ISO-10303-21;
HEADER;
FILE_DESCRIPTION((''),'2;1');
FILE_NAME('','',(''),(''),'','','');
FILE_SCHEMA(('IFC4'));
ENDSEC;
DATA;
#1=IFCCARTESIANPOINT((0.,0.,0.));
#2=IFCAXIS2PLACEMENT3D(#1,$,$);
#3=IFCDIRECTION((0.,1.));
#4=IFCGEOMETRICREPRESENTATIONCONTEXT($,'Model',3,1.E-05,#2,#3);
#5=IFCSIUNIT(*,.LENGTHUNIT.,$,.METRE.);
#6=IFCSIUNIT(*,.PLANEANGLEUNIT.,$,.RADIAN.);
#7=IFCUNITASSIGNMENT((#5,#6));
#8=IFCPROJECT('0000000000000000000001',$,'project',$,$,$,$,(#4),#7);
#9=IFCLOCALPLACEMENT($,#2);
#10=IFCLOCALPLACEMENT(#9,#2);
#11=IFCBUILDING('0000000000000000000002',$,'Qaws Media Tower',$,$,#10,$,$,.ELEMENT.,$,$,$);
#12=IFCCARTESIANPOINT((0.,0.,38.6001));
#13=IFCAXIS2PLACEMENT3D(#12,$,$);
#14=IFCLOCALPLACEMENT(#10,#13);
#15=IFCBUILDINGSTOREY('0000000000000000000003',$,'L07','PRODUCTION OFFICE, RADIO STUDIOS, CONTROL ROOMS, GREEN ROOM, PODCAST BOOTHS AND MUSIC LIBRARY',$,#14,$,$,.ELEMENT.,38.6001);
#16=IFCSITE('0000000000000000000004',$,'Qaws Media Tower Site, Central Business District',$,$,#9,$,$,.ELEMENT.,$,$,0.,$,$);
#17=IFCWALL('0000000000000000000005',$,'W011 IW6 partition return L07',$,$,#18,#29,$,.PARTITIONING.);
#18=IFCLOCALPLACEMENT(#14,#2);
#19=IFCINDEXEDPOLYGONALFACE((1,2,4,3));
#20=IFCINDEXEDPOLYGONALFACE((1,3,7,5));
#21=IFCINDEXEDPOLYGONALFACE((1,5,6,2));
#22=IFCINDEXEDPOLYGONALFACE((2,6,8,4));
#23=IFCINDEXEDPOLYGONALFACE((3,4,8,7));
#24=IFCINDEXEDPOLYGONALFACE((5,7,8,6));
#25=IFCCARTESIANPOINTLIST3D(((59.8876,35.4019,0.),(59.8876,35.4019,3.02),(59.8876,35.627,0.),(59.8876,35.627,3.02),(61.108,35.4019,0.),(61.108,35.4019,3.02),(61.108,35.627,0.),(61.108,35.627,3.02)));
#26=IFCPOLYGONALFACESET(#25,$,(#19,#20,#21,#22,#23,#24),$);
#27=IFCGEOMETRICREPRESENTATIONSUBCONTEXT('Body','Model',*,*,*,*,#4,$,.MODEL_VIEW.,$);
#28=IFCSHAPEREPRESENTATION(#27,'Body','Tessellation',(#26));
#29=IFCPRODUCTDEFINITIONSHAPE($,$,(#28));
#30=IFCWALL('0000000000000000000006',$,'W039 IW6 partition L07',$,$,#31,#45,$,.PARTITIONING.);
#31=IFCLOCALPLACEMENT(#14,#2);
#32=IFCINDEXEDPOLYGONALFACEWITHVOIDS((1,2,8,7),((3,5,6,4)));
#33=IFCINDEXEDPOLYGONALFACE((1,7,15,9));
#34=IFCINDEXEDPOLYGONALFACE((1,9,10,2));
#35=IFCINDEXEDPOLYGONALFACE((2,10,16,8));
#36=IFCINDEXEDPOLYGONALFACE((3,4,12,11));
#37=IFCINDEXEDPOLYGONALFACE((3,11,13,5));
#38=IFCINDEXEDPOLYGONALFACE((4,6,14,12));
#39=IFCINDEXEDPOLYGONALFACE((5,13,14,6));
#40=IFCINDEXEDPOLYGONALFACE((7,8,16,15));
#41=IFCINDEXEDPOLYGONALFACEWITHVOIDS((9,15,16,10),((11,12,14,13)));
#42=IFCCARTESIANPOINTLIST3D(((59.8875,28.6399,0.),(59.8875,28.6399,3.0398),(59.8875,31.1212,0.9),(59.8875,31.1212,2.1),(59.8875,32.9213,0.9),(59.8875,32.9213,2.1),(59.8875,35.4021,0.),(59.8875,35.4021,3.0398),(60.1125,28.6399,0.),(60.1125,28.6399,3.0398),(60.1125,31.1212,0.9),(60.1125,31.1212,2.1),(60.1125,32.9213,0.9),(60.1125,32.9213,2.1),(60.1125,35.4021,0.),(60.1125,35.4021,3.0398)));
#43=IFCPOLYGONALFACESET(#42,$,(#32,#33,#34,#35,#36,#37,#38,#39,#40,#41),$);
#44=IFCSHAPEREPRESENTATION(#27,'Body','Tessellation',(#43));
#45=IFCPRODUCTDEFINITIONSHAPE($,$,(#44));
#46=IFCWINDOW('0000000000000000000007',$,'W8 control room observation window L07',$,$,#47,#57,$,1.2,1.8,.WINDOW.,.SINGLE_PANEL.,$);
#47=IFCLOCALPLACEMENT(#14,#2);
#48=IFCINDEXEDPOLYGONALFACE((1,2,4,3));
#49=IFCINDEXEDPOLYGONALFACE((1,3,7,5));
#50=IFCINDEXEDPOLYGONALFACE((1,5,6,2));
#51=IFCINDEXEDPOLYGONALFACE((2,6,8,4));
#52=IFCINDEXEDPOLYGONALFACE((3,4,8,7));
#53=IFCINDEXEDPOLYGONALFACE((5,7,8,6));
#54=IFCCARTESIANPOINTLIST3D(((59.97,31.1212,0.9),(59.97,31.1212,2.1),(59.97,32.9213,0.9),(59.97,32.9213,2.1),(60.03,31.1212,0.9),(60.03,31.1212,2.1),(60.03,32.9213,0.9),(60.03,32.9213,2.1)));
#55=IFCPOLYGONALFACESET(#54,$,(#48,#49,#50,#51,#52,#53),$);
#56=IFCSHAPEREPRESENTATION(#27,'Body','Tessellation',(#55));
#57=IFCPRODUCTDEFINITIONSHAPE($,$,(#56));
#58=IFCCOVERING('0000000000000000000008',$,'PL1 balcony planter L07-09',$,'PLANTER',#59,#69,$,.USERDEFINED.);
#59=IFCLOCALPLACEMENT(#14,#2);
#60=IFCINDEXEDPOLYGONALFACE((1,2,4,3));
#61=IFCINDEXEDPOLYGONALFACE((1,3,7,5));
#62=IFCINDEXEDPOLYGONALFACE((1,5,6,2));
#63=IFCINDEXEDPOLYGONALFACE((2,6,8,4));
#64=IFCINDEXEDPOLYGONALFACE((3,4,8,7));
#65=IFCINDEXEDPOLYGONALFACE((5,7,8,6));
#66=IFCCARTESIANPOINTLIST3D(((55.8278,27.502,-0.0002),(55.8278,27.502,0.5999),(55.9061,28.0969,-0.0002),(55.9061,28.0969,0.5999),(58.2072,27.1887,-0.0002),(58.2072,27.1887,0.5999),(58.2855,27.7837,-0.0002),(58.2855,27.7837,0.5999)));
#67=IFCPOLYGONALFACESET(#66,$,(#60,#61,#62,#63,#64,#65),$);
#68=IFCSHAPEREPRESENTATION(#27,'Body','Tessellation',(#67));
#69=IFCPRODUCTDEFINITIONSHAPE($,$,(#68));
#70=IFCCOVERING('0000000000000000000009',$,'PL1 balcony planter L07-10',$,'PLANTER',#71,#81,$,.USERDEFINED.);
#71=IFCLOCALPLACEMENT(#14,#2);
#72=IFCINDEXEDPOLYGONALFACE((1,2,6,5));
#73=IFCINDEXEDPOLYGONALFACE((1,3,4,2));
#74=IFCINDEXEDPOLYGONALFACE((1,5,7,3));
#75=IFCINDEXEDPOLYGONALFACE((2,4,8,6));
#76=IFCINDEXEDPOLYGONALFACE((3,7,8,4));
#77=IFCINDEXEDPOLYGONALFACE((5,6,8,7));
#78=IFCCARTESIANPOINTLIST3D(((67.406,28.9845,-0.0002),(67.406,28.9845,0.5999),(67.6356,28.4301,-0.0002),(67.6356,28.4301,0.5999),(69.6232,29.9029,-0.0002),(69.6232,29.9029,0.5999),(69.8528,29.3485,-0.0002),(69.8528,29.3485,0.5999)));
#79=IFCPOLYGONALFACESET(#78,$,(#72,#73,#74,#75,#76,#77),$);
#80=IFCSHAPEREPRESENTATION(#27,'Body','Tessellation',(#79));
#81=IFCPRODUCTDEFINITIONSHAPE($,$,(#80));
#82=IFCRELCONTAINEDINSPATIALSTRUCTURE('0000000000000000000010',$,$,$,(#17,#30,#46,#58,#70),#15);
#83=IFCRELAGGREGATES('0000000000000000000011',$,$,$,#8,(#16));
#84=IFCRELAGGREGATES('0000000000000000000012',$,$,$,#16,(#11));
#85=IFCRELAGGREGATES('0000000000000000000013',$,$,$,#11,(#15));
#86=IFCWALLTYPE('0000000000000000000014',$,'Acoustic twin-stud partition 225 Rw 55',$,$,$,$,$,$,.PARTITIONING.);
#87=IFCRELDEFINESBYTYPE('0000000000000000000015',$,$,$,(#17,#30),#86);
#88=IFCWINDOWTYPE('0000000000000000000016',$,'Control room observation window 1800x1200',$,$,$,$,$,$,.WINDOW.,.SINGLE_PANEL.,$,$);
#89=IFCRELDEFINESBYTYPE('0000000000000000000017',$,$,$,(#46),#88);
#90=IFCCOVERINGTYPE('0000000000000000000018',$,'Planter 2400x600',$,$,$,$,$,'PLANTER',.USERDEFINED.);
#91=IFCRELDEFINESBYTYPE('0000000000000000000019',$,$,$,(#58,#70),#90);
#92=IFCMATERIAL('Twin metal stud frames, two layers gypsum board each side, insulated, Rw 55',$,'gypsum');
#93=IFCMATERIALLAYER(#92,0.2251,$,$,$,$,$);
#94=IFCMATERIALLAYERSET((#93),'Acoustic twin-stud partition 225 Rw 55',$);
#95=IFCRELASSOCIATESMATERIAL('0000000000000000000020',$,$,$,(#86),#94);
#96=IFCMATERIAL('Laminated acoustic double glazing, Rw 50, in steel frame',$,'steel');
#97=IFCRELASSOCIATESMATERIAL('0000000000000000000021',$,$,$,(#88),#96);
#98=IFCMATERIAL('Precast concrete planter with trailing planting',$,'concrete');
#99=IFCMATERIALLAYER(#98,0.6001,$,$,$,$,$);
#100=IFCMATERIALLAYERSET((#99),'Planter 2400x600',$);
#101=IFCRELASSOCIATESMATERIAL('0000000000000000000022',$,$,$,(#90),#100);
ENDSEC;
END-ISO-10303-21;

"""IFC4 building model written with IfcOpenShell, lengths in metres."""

from ifc_helpers import new_model, si_unit, direction, frame, frame_2d, origin, origin_2d, place, context, subcontext, project, spatial, rectangle, extrude, material, layer, layer_set, type_object, element, fill, save


model = new_model("IFC4")

# Units and contexts
model_context = context("Model", 3, precision=1e-05, world=origin(), true_north=direction((0.0, 1.0)))
body_context = subcontext(model_context, "Body", "Model", "MODEL_VIEW")
ifc_project = project(units=[si_unit("LENGTHUNIT", "METRE"), si_unit("PLANEANGLEUNIT", "RADIAN")], contexts=[model_context])

# Site, building, storey
site_placement = place(None, origin())
site = spatial("IfcSite", under=ifc_project, at=site_placement, Name="Qaws Media Tower Site, Central Business District", CompositionType="ELEMENT", RefElevation=0.0)
building_placement = place(site_placement, origin())
building = spatial("IfcBuilding", under=site, at=building_placement, Name="Qaws Media Tower", CompositionType="ELEMENT")
storey_placement = place(building_placement, frame((0.0, 0.0, 38.6001)))
storey = spatial("IfcBuildingStorey", under=building, at=storey_placement, Name="L07", Description="PRODUCTION OFFICE, RADIO STUDIOS, CONTROL ROOMS, GREEN ROOM, PODCAST BOOTHS AND MUSIC LIBRARY", CompositionType="ELEMENT", Elevation=38.6001)

# Wall
ifc_material_1 = material(Name="Twin metal stud frames, two layers gypsum board each side, insulated, Rw 55", Category="gypsum")
ifc_layer_1 = layer(ifc_material_1, 0.2251)
ifc_layer_set_1 = layer_set([ifc_layer_1], Name="Acoustic twin-stud partition 225 Rw 55")
wall_type_1 = type_object("IfcWallType", Name="Acoustic twin-stud partition 225 Rw 55", PredefinedType="PARTITIONING", material=ifc_layer_set_1)
wall_1_placement = place(storey_placement, frame((59.8875, 35.5144, 0.0), z_axis=(0.0, 0.0, 1.0), x_axis=(1.0, 0.0, 0.0)))
element("IfcWall", 1, at=wall_1_placement, inside=storey, type_object=wall_type_1, Name="W011 IW6 partition return L07", PredefinedType="PARTITIONING", context=body_context, shape_type="SweptSolid", body=[
    extrude(rectangle(XDim=1.2205, YDim=0.2251, at=frame_2d((0.6104, 0.0))), origin(), (0.0, 0.0, 1.0), 3.02),
])

# Wall, opening, window
wall_2_placement = place(storey_placement, frame((60.0, 35.4021, 0.0), z_axis=(0.0, 0.0, 1.0), x_axis=(0.0, -1.0, 0.0)))
wall_2 = element("IfcWall", 2, at=wall_2_placement, inside=storey, type_object=wall_type_1, Name="W039 IW6 partition L07", PredefinedType="PARTITIONING", context=body_context, shape_type="SweptSolid", body=[
    extrude(rectangle(XDim=6.7622, YDim=0.2251, at=frame_2d((3.3811, 0.0))), origin(), (0.0, 0.0, 1.0), 3.0398),
])
opening_1_placement = place(wall_2_placement, frame((2.481, 0.0, 0.8999)))
opening_1 = element("IfcOpeningElement", 3, at=opening_1_placement, cuts=wall_2, PredefinedType="OPENING", context=body_context, shape_type="SweptSolid", body=[
    extrude(rectangle(XDim=1.8, YDim=1.2, at=frame_2d((0.8999, 0.6001))), frame((0.0, 0.1226, 0.0), z_axis=(0.0, -1.0, 0.0), x_axis=(1.0, 0.0, 0.0)), (0.0, 0.0, 1.0), 0.2451),
])
ifc_material_2 = material(Name="Laminated acoustic double glazing, Rw 50, in steel frame", Category="steel")
window_type_1 = type_object("IfcWindowType", Name="Control room observation window 1800x1200", PartitioningType="SINGLE_PANEL", PredefinedType="WINDOW", material=ifc_material_2)
window_1_placement = place(opening_1_placement, origin())
window_1 = element("IfcWindow", 4, at=window_1_placement, inside=storey, type_object=window_type_1, Name="W8 control room observation window L07", OverallHeight=1.2, OverallWidth=1.8, PartitioningType="SINGLE_PANEL", PredefinedType="WINDOW", context=body_context, shape_type="SweptSolid", body=[
    extrude(rectangle(XDim=1.8, YDim=1.2, at=frame_2d((0.8999, 0.6001))), frame((0.0, 0.03, 0.0), z_axis=(0.0, -1.0, 0.0), x_axis=(1.0, 0.0, 0.0)), (0.0, 0.0, 1.0), 0.0601),
])
fill(opening_1, window_1)

# Coverings
ifc_material_3 = material(Name="Precast concrete planter with trailing planting", Category="concrete")
ifc_layer_2 = layer(ifc_material_3, 0.6001)
ifc_layer_set_2 = layer_set([ifc_layer_2], Name="Planter 2400x600")
covering_type = type_object("IfcCoveringType", Name="Planter 2400x600", ElementType="PLANTER", PredefinedType="USERDEFINED", material=ifc_layer_set_2)
for number, where, z_axis, x_axis, name in (
    (5, (57.0566, 27.6428, -0.0002), (0.0, 0.0, 1.0), (0.991445, -0.130526, 0.0), "PL1 balcony planter L07-09"),
    (6, (68.6294, 29.1665, -0.0002), (0.0, 0.0, 1.0), (0.92388, 0.382683, 0.0), "PL1 balcony planter L07-10"),
):
    element("IfcCovering", number, at=place(storey_placement, frame(where, z_axis=z_axis, x_axis=x_axis)), inside=storey, type_object=covering_type, Name=name, ObjectType="PLANTER", PredefinedType="USERDEFINED", context=body_context, shape_type="SweptSolid", body=[
        extrude(rectangle(XDim=2.3999, YDim=0.6001, at=origin_2d()), origin(), (0.0, 0.0, 1.0), 0.6001),
    ])

save(model, "model.ifc")
